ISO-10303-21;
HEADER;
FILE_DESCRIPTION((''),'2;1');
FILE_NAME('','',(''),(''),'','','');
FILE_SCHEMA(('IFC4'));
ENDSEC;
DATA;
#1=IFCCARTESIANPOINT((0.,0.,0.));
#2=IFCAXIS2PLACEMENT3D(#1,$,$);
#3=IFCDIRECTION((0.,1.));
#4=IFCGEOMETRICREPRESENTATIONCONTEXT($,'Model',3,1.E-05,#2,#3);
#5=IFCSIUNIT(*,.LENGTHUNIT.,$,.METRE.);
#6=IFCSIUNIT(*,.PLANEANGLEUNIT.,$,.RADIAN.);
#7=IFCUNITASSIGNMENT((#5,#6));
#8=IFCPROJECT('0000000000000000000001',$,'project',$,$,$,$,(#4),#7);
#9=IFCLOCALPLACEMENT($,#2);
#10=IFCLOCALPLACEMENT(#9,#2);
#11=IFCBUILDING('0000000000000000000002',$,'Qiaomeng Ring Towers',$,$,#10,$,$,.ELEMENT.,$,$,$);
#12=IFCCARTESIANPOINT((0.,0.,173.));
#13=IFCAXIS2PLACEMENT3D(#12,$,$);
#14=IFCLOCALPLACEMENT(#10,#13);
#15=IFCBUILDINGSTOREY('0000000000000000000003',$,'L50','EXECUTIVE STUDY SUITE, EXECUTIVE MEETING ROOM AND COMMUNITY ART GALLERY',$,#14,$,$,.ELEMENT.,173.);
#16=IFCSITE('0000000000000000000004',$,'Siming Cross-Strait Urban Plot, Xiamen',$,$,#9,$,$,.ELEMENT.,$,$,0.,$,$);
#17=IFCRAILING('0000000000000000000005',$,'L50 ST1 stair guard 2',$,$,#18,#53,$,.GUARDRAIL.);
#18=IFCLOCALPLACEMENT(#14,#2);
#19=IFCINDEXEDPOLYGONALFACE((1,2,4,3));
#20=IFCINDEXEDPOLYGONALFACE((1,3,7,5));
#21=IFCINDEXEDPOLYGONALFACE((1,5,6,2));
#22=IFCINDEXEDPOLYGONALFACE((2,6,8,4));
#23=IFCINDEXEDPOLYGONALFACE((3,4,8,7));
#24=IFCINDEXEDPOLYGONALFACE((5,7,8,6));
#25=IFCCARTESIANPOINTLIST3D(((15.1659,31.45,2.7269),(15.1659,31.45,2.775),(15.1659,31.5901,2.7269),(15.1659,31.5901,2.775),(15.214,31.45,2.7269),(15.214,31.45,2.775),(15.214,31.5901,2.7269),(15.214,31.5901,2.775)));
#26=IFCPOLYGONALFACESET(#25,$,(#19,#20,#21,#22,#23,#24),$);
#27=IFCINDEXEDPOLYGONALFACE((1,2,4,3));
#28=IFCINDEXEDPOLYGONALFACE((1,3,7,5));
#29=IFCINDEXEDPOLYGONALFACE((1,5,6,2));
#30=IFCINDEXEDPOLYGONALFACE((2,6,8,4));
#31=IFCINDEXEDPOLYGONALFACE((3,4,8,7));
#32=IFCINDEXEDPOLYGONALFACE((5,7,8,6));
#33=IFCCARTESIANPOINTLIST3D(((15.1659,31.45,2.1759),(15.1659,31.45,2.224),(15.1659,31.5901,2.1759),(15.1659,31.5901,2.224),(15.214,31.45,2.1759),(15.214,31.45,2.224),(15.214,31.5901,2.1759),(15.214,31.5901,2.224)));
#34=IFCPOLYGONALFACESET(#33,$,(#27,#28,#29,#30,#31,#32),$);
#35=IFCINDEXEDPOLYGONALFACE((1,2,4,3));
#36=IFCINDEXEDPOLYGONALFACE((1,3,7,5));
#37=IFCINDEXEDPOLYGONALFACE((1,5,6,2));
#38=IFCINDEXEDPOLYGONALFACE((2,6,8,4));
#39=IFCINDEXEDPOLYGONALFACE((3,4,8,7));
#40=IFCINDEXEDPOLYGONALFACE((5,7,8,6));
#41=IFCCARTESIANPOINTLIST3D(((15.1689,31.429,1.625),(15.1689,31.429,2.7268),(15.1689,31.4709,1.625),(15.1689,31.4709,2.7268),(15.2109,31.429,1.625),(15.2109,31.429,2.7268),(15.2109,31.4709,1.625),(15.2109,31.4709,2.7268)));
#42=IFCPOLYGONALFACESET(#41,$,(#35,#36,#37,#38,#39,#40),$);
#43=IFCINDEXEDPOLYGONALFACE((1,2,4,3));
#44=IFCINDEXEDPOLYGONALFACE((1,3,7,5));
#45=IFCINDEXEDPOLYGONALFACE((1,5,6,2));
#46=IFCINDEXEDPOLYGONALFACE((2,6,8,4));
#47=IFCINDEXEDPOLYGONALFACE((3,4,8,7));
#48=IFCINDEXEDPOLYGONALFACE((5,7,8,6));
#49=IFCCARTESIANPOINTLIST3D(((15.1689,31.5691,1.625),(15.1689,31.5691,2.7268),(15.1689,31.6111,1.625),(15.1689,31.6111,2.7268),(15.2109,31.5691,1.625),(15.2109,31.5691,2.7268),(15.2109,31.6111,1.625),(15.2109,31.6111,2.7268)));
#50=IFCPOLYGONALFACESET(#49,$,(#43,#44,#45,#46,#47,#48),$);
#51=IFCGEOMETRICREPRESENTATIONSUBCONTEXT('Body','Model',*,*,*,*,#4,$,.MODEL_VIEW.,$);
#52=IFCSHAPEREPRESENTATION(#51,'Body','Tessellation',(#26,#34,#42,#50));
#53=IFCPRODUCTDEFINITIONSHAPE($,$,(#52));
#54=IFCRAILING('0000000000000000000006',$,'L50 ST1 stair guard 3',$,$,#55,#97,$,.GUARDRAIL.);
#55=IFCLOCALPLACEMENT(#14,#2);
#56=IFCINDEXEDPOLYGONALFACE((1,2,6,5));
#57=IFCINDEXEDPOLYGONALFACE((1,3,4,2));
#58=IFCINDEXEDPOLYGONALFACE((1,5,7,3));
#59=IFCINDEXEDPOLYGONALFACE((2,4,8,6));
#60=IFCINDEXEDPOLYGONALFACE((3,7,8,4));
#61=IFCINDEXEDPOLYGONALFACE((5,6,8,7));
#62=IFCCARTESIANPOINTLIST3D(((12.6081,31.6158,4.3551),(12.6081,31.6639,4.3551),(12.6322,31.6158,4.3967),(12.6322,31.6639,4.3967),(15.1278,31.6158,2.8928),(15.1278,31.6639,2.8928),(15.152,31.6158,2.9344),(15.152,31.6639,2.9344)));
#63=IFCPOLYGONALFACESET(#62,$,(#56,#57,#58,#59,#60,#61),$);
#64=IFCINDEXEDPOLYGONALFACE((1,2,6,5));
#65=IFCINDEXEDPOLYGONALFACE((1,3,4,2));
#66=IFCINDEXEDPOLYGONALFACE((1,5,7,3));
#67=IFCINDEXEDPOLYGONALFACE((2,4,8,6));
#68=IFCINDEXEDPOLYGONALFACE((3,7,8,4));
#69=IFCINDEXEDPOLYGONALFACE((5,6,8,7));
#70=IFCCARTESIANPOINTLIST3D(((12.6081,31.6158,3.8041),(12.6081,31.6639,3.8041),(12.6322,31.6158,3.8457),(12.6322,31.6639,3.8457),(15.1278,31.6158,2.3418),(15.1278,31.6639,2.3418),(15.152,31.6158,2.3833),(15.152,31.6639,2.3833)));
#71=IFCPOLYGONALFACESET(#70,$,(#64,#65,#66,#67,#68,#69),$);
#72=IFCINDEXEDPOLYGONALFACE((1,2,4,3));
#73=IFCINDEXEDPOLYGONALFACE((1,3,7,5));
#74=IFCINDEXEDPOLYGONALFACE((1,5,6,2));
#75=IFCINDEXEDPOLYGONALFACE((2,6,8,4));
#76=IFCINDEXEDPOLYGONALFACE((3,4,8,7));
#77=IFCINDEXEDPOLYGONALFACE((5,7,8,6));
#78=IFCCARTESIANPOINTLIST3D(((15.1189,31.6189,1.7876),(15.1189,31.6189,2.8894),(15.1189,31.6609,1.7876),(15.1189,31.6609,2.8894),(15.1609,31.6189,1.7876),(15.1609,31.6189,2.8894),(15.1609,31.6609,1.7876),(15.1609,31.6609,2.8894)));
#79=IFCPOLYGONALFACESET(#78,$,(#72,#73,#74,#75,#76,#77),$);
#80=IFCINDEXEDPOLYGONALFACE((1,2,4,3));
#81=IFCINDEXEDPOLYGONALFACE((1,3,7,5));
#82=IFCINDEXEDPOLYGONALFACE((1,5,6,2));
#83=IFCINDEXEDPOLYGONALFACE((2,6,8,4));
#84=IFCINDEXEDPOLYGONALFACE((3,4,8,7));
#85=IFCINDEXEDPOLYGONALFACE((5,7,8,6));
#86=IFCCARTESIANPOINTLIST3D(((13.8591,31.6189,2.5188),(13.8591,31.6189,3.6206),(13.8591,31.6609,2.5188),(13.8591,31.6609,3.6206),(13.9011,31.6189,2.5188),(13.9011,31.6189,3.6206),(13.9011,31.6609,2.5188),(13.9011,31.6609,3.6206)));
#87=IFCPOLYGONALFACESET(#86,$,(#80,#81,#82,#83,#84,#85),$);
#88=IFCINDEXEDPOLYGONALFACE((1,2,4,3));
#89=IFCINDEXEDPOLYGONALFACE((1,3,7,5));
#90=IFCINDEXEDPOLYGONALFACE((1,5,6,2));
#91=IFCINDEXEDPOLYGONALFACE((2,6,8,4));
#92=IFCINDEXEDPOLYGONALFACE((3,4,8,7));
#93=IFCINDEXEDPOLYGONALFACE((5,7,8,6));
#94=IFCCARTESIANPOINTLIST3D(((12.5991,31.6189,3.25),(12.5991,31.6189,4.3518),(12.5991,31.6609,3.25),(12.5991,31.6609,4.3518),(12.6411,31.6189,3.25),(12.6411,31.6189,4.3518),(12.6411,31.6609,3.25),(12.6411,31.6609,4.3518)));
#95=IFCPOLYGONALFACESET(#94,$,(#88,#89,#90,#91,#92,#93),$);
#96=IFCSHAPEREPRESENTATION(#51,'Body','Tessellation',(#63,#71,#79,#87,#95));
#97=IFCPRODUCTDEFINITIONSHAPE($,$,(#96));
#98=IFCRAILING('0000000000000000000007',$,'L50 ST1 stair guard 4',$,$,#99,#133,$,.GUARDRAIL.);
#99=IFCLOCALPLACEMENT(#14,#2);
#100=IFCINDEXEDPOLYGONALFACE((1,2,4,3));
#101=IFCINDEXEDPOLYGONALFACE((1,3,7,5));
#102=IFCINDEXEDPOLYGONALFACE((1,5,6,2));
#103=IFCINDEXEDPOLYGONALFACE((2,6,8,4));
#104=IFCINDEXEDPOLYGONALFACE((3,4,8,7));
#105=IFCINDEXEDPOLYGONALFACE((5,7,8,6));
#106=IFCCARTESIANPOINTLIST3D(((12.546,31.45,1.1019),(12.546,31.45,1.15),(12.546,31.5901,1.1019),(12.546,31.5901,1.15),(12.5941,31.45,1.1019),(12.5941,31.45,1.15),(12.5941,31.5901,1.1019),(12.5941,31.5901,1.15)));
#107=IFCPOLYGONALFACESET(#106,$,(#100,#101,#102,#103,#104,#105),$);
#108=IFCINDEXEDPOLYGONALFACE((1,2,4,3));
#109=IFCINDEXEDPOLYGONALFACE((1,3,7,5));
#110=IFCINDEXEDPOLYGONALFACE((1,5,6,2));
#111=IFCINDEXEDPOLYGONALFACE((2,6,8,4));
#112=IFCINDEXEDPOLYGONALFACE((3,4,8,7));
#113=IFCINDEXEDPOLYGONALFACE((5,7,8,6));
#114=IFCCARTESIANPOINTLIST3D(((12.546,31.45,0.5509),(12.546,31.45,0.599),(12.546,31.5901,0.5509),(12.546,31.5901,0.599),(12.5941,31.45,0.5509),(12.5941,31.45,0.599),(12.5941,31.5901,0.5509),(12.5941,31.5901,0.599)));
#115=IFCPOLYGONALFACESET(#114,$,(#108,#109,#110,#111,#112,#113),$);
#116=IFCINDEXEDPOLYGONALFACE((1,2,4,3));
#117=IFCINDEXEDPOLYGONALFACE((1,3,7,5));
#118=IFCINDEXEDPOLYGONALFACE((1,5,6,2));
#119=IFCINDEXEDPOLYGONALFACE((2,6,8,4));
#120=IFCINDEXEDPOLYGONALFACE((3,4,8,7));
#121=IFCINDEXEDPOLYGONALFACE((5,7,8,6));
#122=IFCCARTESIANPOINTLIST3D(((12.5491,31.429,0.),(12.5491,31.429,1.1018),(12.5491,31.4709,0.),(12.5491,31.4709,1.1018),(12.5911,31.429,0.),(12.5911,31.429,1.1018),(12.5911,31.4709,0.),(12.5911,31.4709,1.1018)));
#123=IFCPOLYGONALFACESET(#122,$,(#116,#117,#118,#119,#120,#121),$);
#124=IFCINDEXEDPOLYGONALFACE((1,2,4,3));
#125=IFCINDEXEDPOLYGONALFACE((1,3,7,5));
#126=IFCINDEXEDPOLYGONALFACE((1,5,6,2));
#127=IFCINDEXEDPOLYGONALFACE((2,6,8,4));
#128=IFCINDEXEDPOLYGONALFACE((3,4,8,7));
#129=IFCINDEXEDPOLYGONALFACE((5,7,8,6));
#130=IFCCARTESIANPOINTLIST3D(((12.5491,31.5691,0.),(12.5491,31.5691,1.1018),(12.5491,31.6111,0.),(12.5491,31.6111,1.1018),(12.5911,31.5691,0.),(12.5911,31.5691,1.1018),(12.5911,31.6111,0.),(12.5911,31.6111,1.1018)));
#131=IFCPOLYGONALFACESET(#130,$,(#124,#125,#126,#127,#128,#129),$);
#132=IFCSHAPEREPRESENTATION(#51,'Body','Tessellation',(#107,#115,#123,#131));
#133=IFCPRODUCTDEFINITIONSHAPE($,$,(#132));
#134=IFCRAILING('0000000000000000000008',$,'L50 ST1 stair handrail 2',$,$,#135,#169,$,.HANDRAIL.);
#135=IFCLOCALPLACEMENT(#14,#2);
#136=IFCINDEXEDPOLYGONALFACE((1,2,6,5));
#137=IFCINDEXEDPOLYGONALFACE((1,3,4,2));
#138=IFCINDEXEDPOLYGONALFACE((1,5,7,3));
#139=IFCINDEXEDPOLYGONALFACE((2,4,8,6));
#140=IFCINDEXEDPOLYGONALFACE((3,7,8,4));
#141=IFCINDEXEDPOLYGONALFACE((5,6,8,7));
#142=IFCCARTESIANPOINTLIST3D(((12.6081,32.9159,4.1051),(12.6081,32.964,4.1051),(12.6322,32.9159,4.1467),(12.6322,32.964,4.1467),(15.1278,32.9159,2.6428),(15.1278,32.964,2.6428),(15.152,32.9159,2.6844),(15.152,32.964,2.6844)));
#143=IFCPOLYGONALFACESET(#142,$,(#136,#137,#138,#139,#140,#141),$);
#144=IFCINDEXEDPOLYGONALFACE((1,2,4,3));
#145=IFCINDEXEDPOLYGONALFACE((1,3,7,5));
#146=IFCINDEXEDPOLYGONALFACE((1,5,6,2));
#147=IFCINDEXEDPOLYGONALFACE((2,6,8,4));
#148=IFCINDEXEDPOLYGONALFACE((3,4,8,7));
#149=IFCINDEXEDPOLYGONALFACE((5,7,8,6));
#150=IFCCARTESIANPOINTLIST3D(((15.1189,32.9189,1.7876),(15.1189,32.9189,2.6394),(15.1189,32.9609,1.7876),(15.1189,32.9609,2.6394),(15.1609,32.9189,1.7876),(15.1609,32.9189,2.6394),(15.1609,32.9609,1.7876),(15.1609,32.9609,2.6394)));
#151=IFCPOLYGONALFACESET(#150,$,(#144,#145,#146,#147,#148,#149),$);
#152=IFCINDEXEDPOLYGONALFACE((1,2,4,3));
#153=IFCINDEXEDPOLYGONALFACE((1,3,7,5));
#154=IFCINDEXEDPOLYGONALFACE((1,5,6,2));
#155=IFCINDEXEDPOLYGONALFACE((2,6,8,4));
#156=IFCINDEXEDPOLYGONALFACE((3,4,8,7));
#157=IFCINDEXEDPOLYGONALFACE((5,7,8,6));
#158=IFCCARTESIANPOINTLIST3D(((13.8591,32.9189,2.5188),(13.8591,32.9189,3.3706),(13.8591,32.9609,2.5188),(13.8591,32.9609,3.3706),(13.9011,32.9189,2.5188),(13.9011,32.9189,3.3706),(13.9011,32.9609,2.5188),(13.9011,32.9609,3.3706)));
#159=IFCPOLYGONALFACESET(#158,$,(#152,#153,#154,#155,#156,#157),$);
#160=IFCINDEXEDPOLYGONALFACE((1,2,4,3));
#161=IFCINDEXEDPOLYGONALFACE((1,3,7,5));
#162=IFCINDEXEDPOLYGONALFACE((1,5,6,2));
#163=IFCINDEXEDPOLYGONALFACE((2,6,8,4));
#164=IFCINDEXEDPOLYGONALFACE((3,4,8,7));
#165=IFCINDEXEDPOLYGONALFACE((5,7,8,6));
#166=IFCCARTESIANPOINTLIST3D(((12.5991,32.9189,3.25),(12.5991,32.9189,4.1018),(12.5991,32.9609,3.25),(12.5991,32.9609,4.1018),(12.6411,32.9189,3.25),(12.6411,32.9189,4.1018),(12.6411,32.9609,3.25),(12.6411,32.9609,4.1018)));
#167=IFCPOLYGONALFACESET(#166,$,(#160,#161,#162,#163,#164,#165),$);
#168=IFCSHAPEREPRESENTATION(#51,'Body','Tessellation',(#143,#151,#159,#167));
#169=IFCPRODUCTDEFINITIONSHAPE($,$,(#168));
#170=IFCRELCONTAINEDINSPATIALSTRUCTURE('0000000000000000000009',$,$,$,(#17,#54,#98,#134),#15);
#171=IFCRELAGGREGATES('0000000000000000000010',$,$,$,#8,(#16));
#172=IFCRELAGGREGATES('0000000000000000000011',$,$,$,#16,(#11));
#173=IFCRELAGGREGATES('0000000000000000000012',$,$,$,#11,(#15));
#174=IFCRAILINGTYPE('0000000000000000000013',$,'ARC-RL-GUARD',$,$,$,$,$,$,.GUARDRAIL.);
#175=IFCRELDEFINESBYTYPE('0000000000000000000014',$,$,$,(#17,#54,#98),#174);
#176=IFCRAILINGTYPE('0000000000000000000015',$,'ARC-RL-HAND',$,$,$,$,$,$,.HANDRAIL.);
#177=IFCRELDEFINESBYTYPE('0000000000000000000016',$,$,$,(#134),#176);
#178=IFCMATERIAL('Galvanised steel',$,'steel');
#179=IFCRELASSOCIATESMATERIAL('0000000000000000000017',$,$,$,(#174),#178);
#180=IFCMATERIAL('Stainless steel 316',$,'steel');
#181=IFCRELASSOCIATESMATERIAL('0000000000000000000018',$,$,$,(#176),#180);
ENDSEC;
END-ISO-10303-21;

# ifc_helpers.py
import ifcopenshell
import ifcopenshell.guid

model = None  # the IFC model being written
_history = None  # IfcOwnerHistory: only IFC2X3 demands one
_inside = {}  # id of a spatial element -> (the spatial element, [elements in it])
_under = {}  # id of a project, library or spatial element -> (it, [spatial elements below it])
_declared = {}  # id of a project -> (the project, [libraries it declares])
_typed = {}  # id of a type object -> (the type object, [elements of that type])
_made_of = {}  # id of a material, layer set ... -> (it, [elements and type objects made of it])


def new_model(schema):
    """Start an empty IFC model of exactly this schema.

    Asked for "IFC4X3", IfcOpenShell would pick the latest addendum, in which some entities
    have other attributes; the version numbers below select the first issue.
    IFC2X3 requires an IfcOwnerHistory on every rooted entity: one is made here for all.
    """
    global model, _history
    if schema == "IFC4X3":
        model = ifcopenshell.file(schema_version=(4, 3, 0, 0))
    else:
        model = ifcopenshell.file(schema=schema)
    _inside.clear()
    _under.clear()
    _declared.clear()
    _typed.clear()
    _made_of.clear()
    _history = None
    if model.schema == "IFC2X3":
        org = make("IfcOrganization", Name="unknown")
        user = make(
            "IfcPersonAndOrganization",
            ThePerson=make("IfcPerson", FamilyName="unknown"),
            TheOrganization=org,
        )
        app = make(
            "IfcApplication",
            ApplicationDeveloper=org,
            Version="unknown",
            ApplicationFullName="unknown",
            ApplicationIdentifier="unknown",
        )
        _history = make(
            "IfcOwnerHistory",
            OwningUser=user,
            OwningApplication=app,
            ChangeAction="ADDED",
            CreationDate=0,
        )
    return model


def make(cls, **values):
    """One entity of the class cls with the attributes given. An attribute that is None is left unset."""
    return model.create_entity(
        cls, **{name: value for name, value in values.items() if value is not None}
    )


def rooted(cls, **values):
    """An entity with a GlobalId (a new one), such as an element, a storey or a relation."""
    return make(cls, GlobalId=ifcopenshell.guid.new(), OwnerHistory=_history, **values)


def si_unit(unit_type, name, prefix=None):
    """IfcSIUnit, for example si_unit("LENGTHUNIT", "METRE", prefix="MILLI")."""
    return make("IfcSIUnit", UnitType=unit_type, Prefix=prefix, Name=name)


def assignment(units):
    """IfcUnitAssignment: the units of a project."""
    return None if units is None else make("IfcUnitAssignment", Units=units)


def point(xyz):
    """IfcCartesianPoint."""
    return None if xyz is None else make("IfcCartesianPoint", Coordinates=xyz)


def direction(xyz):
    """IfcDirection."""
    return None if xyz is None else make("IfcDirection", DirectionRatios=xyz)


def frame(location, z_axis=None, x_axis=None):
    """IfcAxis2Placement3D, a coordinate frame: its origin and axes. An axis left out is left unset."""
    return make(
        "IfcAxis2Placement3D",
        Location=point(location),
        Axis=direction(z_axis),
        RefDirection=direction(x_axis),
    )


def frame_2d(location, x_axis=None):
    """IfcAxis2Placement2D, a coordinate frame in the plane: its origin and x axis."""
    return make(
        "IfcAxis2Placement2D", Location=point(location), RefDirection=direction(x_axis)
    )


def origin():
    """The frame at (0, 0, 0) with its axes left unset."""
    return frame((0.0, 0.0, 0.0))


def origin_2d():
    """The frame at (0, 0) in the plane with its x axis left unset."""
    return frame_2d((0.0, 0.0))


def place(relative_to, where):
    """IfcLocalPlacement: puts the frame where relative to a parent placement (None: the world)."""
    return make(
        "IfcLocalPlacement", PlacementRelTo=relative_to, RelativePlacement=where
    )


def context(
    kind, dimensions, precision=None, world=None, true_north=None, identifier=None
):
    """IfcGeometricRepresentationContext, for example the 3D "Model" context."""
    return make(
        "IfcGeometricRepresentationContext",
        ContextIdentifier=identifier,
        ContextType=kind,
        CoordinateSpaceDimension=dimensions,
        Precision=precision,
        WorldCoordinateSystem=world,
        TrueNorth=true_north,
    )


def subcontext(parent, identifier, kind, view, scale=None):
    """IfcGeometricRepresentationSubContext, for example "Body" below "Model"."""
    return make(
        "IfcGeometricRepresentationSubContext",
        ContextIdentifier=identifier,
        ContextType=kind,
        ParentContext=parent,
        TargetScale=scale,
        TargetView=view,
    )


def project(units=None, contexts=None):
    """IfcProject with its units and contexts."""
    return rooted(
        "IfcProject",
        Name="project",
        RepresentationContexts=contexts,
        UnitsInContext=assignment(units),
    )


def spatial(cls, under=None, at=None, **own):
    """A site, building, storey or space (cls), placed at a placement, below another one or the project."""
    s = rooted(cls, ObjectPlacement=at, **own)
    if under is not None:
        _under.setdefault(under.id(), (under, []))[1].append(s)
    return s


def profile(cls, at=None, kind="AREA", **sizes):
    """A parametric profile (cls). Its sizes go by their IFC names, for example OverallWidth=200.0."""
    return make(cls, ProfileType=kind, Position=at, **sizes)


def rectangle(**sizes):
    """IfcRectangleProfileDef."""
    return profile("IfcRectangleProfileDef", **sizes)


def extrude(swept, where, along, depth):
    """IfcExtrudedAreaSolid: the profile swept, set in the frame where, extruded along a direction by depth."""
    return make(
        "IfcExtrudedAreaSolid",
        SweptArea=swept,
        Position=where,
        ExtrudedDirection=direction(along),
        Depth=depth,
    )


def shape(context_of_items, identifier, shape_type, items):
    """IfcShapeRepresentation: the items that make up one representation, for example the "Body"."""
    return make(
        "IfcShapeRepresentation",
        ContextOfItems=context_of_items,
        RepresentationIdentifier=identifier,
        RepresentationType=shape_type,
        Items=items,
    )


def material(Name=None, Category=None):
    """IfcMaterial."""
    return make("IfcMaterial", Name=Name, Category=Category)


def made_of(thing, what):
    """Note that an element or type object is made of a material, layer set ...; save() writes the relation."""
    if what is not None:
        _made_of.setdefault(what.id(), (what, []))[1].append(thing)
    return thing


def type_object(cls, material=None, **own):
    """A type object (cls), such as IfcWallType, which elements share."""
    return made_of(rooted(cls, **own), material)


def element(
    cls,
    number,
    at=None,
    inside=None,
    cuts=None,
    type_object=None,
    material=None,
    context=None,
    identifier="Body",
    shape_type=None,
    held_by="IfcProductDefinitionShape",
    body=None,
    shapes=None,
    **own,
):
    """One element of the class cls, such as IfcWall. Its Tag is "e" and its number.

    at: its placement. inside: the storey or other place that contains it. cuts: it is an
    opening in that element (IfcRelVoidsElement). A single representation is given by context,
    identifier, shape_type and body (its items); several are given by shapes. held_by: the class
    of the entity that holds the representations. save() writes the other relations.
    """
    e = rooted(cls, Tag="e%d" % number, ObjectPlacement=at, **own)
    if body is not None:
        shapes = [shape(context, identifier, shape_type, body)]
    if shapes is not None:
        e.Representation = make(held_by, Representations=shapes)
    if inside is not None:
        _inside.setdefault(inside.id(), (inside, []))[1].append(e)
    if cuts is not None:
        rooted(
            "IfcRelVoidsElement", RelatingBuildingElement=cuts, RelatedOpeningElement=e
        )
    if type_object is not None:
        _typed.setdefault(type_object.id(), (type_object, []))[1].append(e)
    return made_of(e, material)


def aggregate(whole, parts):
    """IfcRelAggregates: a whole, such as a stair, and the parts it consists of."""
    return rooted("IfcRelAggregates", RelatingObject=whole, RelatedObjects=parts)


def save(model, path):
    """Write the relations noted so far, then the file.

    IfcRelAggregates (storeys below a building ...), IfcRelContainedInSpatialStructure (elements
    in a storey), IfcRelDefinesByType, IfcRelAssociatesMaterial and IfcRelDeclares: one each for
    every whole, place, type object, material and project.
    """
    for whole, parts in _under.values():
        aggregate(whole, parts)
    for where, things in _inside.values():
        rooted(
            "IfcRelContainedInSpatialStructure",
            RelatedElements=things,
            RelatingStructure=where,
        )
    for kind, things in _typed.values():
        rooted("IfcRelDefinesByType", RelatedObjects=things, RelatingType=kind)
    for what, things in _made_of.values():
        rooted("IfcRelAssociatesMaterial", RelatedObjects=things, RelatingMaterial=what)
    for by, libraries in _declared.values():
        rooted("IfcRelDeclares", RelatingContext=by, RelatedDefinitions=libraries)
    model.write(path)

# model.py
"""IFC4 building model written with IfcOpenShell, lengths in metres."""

from ifc_helpers import new_model, si_unit, direction, frame, origin, origin_2d, place, context, subcontext, project, spatial, rectangle, extrude, material, type_object, element, save


model = new_model("IFC4")

# Units and contexts
model_context = context("Model", 3, precision=1e-05, world=origin(), true_north=direction((0.0, 1.0)))
body_context = subcontext(model_context, "Body", "Model", "MODEL_VIEW")
ifc_project = project(units=[si_unit("LENGTHUNIT", "METRE"), si_unit("PLANEANGLEUNIT", "RADIAN")], contexts=[model_context])

# Site, building, storey
site_placement = place(None, origin())
site = spatial("IfcSite", under=ifc_project, at=site_placement, Name="Siming Cross-Strait Urban Plot, Xiamen", CompositionType="ELEMENT", RefElevation=0.0)
building_placement = place(site_placement, origin())
building = spatial("IfcBuilding", under=site, at=building_placement, Name="Qiaomeng Ring Towers", CompositionType="ELEMENT")
storey_placement = place(building_placement, frame((0.0, 0.0, 173.0)))
storey = spatial("IfcBuildingStorey", under=building, at=storey_placement, Name="L50", Description="EXECUTIVE STUDY SUITE, EXECUTIVE MEETING ROOM AND COMMUNITY ART GALLERY", CompositionType="ELEMENT", Elevation=173.0)

# Shared definitions
ifc_material_1 = material(Name="Galvanised steel", Category="steel")

# Shared definitions
ifc_material_2 = material(Name="Stainless steel 316", Category="steel")

# Railings
railing_type_1 = type_object("IfcRailingType", Name="ARC-RL-GUARD", PredefinedType="GUARDRAIL", material=ifc_material_1)
railing_1_placement = place(storey_placement, frame((15.1899, 31.45, 1.625)))
element("IfcRailing", 1, at=railing_1_placement, inside=storey, type_object=railing_type_1, Name="L50 ST1 stair guard 2", PredefinedType="GUARDRAIL", context=body_context, shape_type="SweptSolid", body=[
    extrude(rectangle(XDim=0.0481, YDim=0.0481, at=origin_2d()), frame((0.0, 0.0, 1.126), z_axis=(0.0, 1.0, 0.0), x_axis=(-1.0, 0.0, 0.0)), (0.0, 0.0, 1.0), 0.1401),
    extrude(rectangle(XDim=0.0481, YDim=0.0481, at=origin_2d()), frame((0.0, 0.0, 0.575), z_axis=(0.0, 1.0, 0.0), x_axis=(-1.0, 0.0, 0.0)), (0.0, 0.0, 1.0), 0.1401),
    extrude(rectangle(XDim=0.042, YDim=0.042, at=origin_2d()), origin(), (0.0, 0.0, 1.0), 1.1018),
    extrude(rectangle(XDim=0.042, YDim=0.042, at=origin_2d()), frame((0.0, 0.1401, 0.0)), (0.0, 0.0, 1.0), 1.1018),
])
railing_2_placement = place(storey_placement, frame((15.1399, 31.6399, 1.7876)))
element("IfcRailing", 2, at=railing_2_placement, inside=storey, type_object=railing_type_1, Name="L50 ST1 stair guard 3", PredefinedType="GUARDRAIL", context=body_context, shape_type="SweptSolid", body=[
    extrude(rectangle(XDim=0.0481, YDim=0.0481, at=origin_2d()), frame((0.0, 0.0, 1.126), z_axis=(-0.864892, 0.0, 0.501958), x_axis=(0.0, -1.0, 0.0)), (0.0, 0.0, 1.0), 2.9133),
    extrude(rectangle(XDim=0.0481, YDim=0.0481, at=origin_2d()), frame((0.0, 0.0, 0.575), z_axis=(-0.864892, 0.0, 0.501958), x_axis=(0.0, -1.0, 0.0)), (0.0, 0.0, 1.0), 2.9133),
    extrude(rectangle(XDim=0.042, YDim=0.042, at=origin_2d()), origin(), (0.0, 0.0, 1.0), 1.1018),
    extrude(rectangle(XDim=0.042, YDim=0.042, at=origin_2d()), frame((-1.2598, 0.0, 0.7312)), (0.0, 0.0, 1.0), 1.1018),
    extrude(rectangle(XDim=0.042, YDim=0.042, at=origin_2d()), frame((-2.5198, 0.0, 1.4624)), (0.0, 0.0, 1.0), 1.1018),
])
railing_3_placement = place(storey_placement, frame((12.5701, 31.45, 0.0)))
element("IfcRailing", 3, at=railing_3_placement, inside=storey, type_object=railing_type_1, Name="L50 ST1 stair guard 4", PredefinedType="GUARDRAIL", context=body_context, shape_type="SweptSolid", body=[
    extrude(rectangle(XDim=0.0481, YDim=0.0481, at=origin_2d()), frame((0.0, 0.0, 1.126), z_axis=(0.0, 1.0, 0.0), x_axis=(-1.0, 0.0, 0.0)), (0.0, 0.0, 1.0), 0.1401),
    extrude(rectangle(XDim=0.0481, YDim=0.0481, at=origin_2d()), frame((0.0, 0.0, 0.575), z_axis=(0.0, 1.0, 0.0), x_axis=(-1.0, 0.0, 0.0)), (0.0, 0.0, 1.0), 0.1401),
    extrude(rectangle(XDim=0.042, YDim=0.042, at=origin_2d()), origin(), (0.0, 0.0, 1.0), 1.1018),
    extrude(rectangle(XDim=0.042, YDim=0.042, at=origin_2d()), frame((0.0, 0.1401, 0.0)), (0.0, 0.0, 1.0), 1.1018),
])
railing_type_2 = type_object("IfcRailingType", Name="ARC-RL-HAND", PredefinedType="HANDRAIL", material=ifc_material_2)
railing_4_placement = place(storey_placement, frame((15.1399, 32.9399, 1.7876)))
element("IfcRailing", 4, at=railing_4_placement, inside=storey, type_object=railing_type_2, Name="L50 ST1 stair handrail 2", PredefinedType="HANDRAIL", context=body_context, shape_type="SweptSolid", body=[
    extrude(rectangle(XDim=0.0481, YDim=0.0481, at=origin_2d()), frame((0.0, 0.0, 0.876), z_axis=(-0.864892, 0.0, 0.501958), x_axis=(0.0, -1.0, 0.0)), (0.0, 0.0, 1.0), 2.9133),
    extrude(rectangle(XDim=0.042, YDim=0.042, at=origin_2d()), origin(), (0.0, 0.0, 1.0), 0.8518),
    extrude(rectangle(XDim=0.042, YDim=0.042, at=origin_2d()), frame((-1.2598, 0.0, 0.7312)), (0.0, 0.0, 1.0), 0.8518),
    extrude(rectangle(XDim=0.042, YDim=0.042, at=origin_2d()), frame((-2.5198, 0.0, 1.4624)), (0.0, 0.0, 1.0), 0.8518),
])

save(model, "model.ifc")
